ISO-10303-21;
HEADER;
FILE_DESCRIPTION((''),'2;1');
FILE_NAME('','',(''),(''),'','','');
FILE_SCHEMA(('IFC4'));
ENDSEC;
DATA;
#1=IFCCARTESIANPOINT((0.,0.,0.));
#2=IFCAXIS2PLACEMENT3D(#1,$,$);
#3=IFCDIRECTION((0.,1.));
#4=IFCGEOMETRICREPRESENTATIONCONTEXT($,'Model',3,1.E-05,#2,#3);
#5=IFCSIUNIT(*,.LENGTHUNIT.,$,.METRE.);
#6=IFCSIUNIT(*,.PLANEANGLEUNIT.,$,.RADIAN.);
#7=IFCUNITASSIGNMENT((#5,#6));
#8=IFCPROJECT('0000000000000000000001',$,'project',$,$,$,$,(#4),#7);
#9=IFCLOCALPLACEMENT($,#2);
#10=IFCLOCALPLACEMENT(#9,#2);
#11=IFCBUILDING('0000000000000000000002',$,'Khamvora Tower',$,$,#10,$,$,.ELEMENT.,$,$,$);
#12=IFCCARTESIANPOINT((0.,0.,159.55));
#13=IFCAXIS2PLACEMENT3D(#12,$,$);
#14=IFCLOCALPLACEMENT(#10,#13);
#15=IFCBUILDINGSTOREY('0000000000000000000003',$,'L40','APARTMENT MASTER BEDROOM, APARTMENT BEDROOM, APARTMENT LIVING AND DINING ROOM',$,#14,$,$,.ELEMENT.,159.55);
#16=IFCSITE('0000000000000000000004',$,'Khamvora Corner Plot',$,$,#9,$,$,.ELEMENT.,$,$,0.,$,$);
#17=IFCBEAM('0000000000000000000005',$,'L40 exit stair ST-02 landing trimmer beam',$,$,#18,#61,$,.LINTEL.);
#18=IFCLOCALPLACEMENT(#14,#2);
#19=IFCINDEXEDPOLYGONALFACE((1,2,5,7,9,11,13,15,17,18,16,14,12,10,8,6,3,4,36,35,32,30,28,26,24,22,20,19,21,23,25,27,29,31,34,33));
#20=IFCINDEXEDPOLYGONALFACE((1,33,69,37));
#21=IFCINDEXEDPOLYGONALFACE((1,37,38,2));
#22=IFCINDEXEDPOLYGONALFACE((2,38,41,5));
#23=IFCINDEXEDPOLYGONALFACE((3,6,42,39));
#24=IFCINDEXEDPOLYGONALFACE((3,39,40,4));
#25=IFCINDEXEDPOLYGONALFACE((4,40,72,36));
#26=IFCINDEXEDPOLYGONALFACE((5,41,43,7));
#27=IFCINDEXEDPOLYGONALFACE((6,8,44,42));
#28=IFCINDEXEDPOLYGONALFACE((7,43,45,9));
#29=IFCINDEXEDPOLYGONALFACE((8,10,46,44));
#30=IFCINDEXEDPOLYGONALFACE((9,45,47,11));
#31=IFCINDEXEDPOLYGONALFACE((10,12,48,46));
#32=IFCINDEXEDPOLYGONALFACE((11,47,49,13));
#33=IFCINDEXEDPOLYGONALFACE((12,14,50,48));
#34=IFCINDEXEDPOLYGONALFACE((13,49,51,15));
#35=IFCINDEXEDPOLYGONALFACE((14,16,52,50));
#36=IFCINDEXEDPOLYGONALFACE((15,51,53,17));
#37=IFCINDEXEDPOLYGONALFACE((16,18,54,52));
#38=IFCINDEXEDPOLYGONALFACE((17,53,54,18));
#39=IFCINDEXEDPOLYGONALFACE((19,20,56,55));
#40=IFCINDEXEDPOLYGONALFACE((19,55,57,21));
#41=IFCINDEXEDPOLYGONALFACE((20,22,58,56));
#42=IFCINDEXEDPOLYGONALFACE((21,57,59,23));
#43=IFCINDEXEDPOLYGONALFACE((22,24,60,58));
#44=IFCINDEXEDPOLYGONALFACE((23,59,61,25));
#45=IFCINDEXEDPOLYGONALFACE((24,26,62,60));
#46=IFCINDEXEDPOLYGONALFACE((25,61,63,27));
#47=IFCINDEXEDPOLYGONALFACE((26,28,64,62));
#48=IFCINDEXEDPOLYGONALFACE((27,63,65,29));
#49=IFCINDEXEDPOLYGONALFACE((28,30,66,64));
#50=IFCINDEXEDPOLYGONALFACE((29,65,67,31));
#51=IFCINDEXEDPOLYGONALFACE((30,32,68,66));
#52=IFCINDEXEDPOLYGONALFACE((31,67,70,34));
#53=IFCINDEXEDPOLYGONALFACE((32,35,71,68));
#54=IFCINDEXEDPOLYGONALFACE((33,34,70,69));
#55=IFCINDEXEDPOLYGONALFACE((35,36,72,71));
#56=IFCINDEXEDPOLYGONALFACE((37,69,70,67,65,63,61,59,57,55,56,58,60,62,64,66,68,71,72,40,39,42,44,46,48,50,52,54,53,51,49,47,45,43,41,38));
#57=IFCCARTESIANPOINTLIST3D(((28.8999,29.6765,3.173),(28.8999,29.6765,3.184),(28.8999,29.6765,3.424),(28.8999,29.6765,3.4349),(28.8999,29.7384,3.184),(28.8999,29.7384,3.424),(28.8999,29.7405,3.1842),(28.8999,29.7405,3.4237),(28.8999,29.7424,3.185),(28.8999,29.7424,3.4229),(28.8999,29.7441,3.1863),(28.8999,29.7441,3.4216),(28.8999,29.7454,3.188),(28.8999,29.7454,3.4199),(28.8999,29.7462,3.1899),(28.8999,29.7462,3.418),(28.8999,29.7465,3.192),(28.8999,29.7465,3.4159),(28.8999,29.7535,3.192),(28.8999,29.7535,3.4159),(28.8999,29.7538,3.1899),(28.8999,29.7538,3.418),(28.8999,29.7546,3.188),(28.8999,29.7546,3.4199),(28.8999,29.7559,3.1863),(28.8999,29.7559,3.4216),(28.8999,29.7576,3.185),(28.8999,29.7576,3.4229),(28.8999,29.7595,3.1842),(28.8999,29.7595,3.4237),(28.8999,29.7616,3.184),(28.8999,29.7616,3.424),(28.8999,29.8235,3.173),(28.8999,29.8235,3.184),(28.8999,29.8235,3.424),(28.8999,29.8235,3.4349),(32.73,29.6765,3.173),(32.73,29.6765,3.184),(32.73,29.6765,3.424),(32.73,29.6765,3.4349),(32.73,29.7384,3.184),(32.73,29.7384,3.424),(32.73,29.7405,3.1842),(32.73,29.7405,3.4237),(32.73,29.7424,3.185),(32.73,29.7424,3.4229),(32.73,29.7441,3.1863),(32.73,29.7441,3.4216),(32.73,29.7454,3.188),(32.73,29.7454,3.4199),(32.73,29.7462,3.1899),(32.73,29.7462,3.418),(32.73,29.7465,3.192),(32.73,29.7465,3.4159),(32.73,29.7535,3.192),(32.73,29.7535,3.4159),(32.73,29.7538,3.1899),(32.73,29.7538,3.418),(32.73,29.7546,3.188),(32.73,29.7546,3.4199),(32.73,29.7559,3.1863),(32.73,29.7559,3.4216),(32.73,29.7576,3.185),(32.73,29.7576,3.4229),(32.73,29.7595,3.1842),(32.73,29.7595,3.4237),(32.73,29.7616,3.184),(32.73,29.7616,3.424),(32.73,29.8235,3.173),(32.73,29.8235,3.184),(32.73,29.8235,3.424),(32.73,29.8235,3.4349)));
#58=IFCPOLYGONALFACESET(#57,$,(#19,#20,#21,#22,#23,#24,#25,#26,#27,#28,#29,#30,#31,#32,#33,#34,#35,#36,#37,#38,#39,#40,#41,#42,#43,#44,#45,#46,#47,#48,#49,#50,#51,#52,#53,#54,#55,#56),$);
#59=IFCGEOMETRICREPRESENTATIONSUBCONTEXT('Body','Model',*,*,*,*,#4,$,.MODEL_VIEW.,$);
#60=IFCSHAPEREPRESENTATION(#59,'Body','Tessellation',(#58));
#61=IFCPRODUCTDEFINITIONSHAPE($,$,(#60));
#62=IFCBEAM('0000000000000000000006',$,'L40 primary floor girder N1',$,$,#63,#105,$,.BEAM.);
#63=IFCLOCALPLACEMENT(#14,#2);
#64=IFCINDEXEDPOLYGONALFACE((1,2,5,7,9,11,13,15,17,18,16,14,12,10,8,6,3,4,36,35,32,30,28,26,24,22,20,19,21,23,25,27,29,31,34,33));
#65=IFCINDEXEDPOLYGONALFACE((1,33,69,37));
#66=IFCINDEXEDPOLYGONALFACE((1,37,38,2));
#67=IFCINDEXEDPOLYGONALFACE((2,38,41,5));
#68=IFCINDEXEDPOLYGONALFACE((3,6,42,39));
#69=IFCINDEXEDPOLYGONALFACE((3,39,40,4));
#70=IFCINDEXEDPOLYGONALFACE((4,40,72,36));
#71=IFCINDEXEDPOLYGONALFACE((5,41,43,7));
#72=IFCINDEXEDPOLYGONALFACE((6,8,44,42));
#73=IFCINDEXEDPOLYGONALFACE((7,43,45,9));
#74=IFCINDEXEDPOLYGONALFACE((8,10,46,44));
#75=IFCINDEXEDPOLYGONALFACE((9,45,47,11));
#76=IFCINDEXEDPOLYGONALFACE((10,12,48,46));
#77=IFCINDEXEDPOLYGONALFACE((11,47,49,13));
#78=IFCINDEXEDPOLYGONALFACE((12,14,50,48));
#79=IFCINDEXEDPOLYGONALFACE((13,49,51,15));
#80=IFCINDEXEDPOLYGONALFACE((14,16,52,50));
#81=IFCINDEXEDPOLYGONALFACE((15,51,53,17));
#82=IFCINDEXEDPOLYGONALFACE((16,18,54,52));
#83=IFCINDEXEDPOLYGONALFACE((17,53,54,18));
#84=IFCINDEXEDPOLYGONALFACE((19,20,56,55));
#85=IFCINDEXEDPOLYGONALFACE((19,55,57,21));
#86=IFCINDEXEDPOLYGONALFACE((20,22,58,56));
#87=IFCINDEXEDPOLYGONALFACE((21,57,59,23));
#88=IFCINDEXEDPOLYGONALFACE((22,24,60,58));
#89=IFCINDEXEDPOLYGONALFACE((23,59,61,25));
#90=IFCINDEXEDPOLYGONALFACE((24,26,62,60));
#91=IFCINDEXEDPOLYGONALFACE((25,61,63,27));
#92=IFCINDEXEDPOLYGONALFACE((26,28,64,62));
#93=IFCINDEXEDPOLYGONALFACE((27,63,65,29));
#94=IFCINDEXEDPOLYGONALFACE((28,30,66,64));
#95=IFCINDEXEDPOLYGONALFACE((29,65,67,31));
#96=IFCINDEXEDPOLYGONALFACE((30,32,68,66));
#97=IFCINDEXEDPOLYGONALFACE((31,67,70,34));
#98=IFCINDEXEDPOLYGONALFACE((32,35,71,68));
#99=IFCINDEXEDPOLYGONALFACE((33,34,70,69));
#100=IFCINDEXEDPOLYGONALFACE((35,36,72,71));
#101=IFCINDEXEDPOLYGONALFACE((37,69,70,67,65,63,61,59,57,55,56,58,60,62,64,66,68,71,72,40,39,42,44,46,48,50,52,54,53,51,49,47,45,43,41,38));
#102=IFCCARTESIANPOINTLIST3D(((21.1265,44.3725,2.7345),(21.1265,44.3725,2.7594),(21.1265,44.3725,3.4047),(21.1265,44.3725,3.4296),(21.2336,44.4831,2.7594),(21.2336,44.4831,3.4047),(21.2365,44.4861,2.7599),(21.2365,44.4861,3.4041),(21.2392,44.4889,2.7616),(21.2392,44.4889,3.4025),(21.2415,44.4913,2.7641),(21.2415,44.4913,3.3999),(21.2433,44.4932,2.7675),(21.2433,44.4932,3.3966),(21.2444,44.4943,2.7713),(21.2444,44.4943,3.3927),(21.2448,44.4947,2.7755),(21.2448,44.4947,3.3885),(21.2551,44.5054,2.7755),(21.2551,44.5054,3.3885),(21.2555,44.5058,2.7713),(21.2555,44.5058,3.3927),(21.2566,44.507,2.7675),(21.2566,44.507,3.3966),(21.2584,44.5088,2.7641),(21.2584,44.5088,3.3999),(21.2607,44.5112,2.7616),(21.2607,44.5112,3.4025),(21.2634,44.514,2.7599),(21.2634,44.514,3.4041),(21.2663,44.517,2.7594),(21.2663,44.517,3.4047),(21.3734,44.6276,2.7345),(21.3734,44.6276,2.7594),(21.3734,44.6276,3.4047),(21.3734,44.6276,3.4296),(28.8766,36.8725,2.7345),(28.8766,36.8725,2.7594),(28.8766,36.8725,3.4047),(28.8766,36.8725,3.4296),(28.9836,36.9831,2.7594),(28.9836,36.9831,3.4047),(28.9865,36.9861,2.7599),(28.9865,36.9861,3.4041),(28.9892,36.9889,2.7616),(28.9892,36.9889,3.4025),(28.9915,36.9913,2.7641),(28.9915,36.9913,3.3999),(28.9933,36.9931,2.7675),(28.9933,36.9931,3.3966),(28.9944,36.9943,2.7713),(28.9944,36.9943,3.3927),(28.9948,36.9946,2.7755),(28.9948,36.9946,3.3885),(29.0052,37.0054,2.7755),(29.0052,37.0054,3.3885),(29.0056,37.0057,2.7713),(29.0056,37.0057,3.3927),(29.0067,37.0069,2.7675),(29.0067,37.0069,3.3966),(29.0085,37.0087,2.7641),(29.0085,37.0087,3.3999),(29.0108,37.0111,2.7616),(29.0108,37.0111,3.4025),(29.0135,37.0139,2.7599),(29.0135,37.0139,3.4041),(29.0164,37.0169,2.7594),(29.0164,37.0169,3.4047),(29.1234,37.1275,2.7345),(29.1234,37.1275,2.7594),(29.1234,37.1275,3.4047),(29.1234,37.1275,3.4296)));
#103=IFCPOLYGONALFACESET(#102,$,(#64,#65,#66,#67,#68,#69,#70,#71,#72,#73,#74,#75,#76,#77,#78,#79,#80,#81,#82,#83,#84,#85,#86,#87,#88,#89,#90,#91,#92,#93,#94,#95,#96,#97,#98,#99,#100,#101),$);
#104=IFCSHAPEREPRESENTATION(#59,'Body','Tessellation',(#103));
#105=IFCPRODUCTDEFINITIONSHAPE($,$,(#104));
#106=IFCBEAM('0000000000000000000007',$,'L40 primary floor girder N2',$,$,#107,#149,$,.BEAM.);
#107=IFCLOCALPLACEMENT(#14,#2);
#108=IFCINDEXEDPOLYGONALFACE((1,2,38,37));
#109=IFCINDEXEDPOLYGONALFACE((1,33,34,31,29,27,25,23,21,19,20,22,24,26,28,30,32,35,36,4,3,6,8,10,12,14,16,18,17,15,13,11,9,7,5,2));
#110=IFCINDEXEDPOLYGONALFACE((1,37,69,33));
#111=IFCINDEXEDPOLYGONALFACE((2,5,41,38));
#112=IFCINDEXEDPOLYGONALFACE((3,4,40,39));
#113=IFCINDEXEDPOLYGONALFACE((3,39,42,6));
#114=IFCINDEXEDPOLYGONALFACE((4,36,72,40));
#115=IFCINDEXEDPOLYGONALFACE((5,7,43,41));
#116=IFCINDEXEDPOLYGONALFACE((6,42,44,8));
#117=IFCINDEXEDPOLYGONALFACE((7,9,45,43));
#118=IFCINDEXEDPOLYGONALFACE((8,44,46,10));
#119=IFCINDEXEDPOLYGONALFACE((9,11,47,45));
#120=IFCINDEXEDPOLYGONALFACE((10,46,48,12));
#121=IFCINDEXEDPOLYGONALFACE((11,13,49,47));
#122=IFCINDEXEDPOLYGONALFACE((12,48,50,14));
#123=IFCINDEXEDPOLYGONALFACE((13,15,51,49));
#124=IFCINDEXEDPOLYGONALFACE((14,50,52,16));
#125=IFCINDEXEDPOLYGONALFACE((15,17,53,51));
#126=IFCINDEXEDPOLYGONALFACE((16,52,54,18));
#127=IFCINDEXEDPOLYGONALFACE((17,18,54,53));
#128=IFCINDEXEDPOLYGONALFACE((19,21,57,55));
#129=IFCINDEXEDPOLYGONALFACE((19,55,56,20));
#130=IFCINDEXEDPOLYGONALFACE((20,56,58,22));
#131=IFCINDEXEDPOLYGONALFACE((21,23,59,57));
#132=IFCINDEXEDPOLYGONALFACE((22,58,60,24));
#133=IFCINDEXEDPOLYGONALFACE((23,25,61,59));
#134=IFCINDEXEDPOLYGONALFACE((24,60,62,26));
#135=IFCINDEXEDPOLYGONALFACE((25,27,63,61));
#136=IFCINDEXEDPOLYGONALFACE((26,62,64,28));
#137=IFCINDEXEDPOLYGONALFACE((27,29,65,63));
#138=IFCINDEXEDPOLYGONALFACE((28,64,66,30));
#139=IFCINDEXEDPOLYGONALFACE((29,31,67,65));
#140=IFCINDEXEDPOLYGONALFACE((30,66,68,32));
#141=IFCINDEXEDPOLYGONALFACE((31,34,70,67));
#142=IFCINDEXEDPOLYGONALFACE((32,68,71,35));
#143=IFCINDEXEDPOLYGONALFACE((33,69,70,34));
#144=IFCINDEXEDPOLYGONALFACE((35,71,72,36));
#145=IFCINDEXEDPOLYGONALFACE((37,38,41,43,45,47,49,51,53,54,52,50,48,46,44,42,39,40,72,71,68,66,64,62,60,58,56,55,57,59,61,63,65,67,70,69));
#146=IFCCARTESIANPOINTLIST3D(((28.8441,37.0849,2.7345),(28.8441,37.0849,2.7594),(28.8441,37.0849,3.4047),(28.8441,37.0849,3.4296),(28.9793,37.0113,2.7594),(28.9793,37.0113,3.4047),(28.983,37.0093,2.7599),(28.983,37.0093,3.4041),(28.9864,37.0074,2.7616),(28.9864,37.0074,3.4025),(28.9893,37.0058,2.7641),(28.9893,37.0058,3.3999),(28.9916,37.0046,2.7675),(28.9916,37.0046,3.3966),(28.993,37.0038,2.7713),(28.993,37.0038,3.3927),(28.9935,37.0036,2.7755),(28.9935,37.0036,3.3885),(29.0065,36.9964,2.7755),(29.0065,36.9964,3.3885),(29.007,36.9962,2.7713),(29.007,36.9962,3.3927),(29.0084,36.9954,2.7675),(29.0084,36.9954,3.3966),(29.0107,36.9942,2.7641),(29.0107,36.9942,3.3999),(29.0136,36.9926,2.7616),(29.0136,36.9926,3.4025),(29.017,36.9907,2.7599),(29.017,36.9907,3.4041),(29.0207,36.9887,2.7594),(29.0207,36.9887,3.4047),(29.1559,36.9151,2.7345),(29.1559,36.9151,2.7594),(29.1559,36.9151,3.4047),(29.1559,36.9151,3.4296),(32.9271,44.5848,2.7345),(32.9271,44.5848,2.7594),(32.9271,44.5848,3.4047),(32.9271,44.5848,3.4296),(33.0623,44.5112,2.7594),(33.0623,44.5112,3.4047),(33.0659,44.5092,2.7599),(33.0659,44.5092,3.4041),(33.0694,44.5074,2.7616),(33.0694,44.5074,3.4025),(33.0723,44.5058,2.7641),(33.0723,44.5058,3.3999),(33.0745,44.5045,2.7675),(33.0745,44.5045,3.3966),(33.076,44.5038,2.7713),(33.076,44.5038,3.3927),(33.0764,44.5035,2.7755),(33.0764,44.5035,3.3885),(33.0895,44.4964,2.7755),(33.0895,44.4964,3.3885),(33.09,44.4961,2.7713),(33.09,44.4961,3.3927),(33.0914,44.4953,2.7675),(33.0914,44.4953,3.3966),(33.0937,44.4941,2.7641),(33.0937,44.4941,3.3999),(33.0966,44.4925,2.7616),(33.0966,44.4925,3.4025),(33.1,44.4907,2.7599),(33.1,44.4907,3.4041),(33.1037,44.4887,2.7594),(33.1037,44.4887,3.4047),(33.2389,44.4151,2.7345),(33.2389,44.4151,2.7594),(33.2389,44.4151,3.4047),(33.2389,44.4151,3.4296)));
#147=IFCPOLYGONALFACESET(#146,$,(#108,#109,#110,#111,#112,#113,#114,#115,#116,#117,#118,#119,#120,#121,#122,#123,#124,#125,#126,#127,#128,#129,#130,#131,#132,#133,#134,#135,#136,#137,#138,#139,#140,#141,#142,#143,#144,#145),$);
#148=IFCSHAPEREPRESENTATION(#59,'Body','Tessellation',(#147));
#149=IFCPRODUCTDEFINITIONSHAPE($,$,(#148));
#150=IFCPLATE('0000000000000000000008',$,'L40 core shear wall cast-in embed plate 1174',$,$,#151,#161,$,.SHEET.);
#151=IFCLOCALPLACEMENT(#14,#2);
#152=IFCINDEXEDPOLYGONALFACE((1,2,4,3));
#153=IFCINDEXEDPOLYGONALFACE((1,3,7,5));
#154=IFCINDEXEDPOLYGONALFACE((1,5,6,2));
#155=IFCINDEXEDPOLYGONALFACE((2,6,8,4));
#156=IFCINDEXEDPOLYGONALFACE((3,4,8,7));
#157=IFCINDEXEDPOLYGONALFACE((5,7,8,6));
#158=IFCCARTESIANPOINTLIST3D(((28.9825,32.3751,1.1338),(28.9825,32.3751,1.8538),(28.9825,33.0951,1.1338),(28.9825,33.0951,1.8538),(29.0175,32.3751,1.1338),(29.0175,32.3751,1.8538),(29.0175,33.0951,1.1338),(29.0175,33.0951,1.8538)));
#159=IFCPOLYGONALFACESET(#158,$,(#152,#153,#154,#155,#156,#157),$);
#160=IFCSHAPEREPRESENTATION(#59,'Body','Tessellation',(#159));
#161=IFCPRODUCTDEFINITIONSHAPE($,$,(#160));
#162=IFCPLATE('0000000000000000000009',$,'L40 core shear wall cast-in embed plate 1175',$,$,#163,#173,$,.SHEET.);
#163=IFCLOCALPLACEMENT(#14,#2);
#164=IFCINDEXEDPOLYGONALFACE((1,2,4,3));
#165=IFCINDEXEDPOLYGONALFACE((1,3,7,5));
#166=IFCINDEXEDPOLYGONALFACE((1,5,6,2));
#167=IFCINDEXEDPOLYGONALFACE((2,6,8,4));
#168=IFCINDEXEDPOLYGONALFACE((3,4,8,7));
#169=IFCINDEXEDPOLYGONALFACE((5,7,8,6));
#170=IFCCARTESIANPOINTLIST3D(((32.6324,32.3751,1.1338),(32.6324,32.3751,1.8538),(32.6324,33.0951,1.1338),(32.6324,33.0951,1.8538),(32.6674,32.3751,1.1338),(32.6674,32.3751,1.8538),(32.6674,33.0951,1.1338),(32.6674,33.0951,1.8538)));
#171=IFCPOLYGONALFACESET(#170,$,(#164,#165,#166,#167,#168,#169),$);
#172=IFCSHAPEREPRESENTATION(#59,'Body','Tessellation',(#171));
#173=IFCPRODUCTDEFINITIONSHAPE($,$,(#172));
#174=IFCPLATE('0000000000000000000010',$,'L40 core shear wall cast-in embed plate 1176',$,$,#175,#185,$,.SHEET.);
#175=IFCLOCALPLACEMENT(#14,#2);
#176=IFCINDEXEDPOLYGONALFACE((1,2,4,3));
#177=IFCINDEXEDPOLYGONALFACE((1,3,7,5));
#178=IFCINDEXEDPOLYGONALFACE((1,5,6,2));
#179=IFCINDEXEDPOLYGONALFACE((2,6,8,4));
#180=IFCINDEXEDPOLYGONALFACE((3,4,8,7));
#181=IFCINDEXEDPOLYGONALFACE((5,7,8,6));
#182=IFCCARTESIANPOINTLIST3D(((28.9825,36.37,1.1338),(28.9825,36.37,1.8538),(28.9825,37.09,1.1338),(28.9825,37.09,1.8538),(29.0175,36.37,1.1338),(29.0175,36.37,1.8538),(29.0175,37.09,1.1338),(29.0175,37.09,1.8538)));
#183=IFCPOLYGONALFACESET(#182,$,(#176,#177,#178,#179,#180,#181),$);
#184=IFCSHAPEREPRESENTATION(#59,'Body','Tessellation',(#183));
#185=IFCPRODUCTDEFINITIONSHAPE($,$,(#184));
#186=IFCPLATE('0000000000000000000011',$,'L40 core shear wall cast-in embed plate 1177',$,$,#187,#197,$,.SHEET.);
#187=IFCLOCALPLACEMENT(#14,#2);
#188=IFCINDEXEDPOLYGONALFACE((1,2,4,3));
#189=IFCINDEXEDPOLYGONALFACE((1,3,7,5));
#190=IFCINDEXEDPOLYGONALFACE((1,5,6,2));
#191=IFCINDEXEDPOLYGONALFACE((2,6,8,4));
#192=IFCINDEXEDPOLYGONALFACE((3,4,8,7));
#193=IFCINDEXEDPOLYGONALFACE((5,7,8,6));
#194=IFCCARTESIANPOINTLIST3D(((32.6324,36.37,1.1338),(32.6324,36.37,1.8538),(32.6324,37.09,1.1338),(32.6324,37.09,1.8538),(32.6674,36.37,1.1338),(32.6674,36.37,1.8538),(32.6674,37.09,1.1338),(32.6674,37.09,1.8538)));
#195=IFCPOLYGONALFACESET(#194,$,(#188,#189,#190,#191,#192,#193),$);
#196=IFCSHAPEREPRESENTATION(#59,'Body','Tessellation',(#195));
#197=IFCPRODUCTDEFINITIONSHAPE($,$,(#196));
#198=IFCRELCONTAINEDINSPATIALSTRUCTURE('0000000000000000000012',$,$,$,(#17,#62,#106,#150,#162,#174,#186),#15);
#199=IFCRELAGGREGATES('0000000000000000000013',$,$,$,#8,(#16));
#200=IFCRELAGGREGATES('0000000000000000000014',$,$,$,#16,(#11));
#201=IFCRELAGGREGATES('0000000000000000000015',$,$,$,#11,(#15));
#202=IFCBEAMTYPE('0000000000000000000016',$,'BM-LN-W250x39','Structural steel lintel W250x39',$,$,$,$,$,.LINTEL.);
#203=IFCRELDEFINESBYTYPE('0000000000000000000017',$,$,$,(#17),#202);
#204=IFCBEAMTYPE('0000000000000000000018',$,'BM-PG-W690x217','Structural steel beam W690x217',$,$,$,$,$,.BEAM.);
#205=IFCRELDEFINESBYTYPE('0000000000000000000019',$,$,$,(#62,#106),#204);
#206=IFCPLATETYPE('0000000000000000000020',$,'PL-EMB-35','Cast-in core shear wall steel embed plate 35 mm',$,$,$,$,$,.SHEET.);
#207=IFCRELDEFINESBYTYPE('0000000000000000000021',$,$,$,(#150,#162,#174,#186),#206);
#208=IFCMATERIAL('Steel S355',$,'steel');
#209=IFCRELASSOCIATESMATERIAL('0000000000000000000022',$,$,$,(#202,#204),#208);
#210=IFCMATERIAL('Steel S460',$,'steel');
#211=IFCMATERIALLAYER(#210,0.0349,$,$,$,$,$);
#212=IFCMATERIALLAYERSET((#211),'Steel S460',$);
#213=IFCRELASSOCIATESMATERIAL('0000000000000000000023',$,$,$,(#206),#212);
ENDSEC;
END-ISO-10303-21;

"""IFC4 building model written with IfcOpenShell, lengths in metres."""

from ifc_helpers import new_model, si_unit, direction, frame, origin, origin_2d, place, context, subcontext, project, spatial, rectangle, i_section, extrude, material, layer, layer_set, material_profile, profile_set, type_object, element, save


model = new_model("IFC4")

# Units and contexts
model_context = context("Model", 3, precision=1e-05, world=origin(), true_north=direction((0.0, 1.0)))
body_context = subcontext(model_context, "Body", "Model", "MODEL_VIEW")
ifc_project = project(units=[si_unit("LENGTHUNIT", "METRE"), si_unit("PLANEANGLEUNIT", "RADIAN")], contexts=[model_context])

# Site, building, storey
site_placement = place(None, origin())
site = spatial("IfcSite", under=ifc_project, at=site_placement, Name="Khamvora Corner Plot", CompositionType="ELEMENT", RefElevation=0.0)
building_placement = place(site_placement, origin())
building = spatial("IfcBuilding", under=site, at=building_placement, Name="Khamvora Tower", CompositionType="ELEMENT")
storey_placement = place(building_placement, frame((0.0, 0.0, 159.55)))
storey = spatial("IfcBuildingStorey", under=building, at=storey_placement, Name="L40", Description="APARTMENT MASTER BEDROOM, APARTMENT BEDROOM, APARTMENT LIVING AND DINING ROOM", CompositionType="ELEMENT", Elevation=159.55)

# Shared definitions
ifc_material_1 = material(Name="Steel S460", Category="steel")

# Beams
ifc_material_2 = material(Name="Steel S355", Category="steel")
ifc_material_profile_1 = material_profile(ifc_material_2, i_section(OverallWidth=0.147, OverallDepth=0.262, WebThickness=0.0071, FlangeThickness=0.011, FilletRadius=0.0081, at=origin_2d()), Name="W250x39")
ifc_profile_set_1 = profile_set([ifc_material_profile_1], Name="Steel S355")
beam_type_1 = type_object("IfcBeamType", Name="BM-LN-W250x39", Description="Structural steel lintel W250x39", PredefinedType="LINTEL", material=ifc_profile_set_1)
beam_1_placement = place(storey_placement, frame((28.8999, 29.75, 3.304), z_axis=(1.0, 0.0, 0.0), x_axis=(0.0, 1.0, 0.0)))
element("IfcBeam", 1, at=beam_1_placement, inside=storey, type_object=beam_type_1, Name="L40 exit stair ST-02 landing trimmer beam", PredefinedType="LINTEL", context=body_context, shape_type="SweptSolid", body=[
    extrude(i_section(OverallWidth=0.147, OverallDepth=0.262, WebThickness=0.0071, FlangeThickness=0.011, FilletRadius=0.0081, at=origin_2d()), origin(), (0.0, 0.0, 1.0), 3.8301),
])
ifc_material_profile_2 = material_profile(ifc_material_2, i_section(OverallWidth=0.355, OverallDepth=0.6951, WebThickness=0.0149, FlangeThickness=0.0249, FilletRadius=0.0161, at=origin_2d()), Name="W690x217")
ifc_profile_set_2 = profile_set([ifc_material_profile_2], Name="Steel S355")
beam_type_2 = type_object("IfcBeamType", Name="BM-PG-W690x217", Description="Structural steel beam W690x217", PredefinedType="BEAM", material=ifc_profile_set_2)
beam_2_placement = place(storey_placement, frame((29.0, 37.0, 3.082), z_axis=(-0.718602, 0.695421, 0.0), x_axis=(-0.695421, -0.718602, 0.0)))
element("IfcBeam", 2, at=beam_2_placement, inside=storey, type_object=beam_type_2, Name="L40 primary floor girder N1", PredefinedType="BEAM", context=body_context, shape_type="SweptSolid", body=[
    extrude(i_section(OverallWidth=0.355, OverallDepth=0.6951, WebThickness=0.0149, FlangeThickness=0.0249, FilletRadius=0.0161, at=origin_2d()), origin(), (0.0, 0.0, 1.0), 10.7849),
])
beam_3_placement = place(storey_placement, frame((29.0, 37.0, 3.082), z_axis=(0.478139, 0.878284, 0.0), x_axis=(-0.878284, 0.478139, 0.0)))
element("IfcBeam", 3, at=beam_3_placement, inside=storey, type_object=beam_type_2, Name="L40 primary floor girder N2", PredefinedType="BEAM", context=body_context, shape_type="SweptSolid", body=[
    extrude(i_section(OverallWidth=0.355, OverallDepth=0.6951, WebThickness=0.0149, FlangeThickness=0.0249, FilletRadius=0.0161, at=origin_2d()), origin(), (0.0, 0.0, 1.0), 8.5393),
])

# Plates
ifc_layer_1 = layer(ifc_material_1, 0.0349)
ifc_layer_set_1 = layer_set([ifc_layer_1], Name="Steel S460")
plate_type = type_object("IfcPlateType", Name="PL-EMB-35", Description="Cast-in core shear wall steel embed plate 35 mm", PredefinedType="SHEET", material=ifc_layer_set_1)
for number, where, z_axis, x_axis, name in (
    (4, (29.0, 32.7351, 1.1338), (0.0, 0.0, 1.0), (1.0, 0.0, 0.0), "L40 core shear wall cast-in embed plate 1174"),
    (5, (32.6499, 32.7351, 1.1338), (0.0, 0.0, 1.0), (1.0, 0.0, 0.0), "L40 core shear wall cast-in embed plate 1175"),
    (6, (29.0, 36.73, 1.1338), (0.0, 0.0, 1.0), (1.0, 0.0, 0.0), "L40 core shear wall cast-in embed plate 1176"),
    (7, (32.6499, 36.73, 1.1338), (0.0, 0.0, 1.0), (1.0, 0.0, 0.0), "L40 core shear wall cast-in embed plate 1177"),
):
    element("IfcPlate", number, at=place(storey_placement, frame(where, z_axis=z_axis, x_axis=x_axis)), inside=storey, type_object=plate_type, Name=name, PredefinedType="SHEET", context=body_context, shape_type="SweptSolid", body=[
        extrude(rectangle(XDim=0.0349, YDim=0.72, at=origin_2d()), origin(), (0.0, 0.0, 1.0), 0.72),
    ])

save(model, "model.ifc")
